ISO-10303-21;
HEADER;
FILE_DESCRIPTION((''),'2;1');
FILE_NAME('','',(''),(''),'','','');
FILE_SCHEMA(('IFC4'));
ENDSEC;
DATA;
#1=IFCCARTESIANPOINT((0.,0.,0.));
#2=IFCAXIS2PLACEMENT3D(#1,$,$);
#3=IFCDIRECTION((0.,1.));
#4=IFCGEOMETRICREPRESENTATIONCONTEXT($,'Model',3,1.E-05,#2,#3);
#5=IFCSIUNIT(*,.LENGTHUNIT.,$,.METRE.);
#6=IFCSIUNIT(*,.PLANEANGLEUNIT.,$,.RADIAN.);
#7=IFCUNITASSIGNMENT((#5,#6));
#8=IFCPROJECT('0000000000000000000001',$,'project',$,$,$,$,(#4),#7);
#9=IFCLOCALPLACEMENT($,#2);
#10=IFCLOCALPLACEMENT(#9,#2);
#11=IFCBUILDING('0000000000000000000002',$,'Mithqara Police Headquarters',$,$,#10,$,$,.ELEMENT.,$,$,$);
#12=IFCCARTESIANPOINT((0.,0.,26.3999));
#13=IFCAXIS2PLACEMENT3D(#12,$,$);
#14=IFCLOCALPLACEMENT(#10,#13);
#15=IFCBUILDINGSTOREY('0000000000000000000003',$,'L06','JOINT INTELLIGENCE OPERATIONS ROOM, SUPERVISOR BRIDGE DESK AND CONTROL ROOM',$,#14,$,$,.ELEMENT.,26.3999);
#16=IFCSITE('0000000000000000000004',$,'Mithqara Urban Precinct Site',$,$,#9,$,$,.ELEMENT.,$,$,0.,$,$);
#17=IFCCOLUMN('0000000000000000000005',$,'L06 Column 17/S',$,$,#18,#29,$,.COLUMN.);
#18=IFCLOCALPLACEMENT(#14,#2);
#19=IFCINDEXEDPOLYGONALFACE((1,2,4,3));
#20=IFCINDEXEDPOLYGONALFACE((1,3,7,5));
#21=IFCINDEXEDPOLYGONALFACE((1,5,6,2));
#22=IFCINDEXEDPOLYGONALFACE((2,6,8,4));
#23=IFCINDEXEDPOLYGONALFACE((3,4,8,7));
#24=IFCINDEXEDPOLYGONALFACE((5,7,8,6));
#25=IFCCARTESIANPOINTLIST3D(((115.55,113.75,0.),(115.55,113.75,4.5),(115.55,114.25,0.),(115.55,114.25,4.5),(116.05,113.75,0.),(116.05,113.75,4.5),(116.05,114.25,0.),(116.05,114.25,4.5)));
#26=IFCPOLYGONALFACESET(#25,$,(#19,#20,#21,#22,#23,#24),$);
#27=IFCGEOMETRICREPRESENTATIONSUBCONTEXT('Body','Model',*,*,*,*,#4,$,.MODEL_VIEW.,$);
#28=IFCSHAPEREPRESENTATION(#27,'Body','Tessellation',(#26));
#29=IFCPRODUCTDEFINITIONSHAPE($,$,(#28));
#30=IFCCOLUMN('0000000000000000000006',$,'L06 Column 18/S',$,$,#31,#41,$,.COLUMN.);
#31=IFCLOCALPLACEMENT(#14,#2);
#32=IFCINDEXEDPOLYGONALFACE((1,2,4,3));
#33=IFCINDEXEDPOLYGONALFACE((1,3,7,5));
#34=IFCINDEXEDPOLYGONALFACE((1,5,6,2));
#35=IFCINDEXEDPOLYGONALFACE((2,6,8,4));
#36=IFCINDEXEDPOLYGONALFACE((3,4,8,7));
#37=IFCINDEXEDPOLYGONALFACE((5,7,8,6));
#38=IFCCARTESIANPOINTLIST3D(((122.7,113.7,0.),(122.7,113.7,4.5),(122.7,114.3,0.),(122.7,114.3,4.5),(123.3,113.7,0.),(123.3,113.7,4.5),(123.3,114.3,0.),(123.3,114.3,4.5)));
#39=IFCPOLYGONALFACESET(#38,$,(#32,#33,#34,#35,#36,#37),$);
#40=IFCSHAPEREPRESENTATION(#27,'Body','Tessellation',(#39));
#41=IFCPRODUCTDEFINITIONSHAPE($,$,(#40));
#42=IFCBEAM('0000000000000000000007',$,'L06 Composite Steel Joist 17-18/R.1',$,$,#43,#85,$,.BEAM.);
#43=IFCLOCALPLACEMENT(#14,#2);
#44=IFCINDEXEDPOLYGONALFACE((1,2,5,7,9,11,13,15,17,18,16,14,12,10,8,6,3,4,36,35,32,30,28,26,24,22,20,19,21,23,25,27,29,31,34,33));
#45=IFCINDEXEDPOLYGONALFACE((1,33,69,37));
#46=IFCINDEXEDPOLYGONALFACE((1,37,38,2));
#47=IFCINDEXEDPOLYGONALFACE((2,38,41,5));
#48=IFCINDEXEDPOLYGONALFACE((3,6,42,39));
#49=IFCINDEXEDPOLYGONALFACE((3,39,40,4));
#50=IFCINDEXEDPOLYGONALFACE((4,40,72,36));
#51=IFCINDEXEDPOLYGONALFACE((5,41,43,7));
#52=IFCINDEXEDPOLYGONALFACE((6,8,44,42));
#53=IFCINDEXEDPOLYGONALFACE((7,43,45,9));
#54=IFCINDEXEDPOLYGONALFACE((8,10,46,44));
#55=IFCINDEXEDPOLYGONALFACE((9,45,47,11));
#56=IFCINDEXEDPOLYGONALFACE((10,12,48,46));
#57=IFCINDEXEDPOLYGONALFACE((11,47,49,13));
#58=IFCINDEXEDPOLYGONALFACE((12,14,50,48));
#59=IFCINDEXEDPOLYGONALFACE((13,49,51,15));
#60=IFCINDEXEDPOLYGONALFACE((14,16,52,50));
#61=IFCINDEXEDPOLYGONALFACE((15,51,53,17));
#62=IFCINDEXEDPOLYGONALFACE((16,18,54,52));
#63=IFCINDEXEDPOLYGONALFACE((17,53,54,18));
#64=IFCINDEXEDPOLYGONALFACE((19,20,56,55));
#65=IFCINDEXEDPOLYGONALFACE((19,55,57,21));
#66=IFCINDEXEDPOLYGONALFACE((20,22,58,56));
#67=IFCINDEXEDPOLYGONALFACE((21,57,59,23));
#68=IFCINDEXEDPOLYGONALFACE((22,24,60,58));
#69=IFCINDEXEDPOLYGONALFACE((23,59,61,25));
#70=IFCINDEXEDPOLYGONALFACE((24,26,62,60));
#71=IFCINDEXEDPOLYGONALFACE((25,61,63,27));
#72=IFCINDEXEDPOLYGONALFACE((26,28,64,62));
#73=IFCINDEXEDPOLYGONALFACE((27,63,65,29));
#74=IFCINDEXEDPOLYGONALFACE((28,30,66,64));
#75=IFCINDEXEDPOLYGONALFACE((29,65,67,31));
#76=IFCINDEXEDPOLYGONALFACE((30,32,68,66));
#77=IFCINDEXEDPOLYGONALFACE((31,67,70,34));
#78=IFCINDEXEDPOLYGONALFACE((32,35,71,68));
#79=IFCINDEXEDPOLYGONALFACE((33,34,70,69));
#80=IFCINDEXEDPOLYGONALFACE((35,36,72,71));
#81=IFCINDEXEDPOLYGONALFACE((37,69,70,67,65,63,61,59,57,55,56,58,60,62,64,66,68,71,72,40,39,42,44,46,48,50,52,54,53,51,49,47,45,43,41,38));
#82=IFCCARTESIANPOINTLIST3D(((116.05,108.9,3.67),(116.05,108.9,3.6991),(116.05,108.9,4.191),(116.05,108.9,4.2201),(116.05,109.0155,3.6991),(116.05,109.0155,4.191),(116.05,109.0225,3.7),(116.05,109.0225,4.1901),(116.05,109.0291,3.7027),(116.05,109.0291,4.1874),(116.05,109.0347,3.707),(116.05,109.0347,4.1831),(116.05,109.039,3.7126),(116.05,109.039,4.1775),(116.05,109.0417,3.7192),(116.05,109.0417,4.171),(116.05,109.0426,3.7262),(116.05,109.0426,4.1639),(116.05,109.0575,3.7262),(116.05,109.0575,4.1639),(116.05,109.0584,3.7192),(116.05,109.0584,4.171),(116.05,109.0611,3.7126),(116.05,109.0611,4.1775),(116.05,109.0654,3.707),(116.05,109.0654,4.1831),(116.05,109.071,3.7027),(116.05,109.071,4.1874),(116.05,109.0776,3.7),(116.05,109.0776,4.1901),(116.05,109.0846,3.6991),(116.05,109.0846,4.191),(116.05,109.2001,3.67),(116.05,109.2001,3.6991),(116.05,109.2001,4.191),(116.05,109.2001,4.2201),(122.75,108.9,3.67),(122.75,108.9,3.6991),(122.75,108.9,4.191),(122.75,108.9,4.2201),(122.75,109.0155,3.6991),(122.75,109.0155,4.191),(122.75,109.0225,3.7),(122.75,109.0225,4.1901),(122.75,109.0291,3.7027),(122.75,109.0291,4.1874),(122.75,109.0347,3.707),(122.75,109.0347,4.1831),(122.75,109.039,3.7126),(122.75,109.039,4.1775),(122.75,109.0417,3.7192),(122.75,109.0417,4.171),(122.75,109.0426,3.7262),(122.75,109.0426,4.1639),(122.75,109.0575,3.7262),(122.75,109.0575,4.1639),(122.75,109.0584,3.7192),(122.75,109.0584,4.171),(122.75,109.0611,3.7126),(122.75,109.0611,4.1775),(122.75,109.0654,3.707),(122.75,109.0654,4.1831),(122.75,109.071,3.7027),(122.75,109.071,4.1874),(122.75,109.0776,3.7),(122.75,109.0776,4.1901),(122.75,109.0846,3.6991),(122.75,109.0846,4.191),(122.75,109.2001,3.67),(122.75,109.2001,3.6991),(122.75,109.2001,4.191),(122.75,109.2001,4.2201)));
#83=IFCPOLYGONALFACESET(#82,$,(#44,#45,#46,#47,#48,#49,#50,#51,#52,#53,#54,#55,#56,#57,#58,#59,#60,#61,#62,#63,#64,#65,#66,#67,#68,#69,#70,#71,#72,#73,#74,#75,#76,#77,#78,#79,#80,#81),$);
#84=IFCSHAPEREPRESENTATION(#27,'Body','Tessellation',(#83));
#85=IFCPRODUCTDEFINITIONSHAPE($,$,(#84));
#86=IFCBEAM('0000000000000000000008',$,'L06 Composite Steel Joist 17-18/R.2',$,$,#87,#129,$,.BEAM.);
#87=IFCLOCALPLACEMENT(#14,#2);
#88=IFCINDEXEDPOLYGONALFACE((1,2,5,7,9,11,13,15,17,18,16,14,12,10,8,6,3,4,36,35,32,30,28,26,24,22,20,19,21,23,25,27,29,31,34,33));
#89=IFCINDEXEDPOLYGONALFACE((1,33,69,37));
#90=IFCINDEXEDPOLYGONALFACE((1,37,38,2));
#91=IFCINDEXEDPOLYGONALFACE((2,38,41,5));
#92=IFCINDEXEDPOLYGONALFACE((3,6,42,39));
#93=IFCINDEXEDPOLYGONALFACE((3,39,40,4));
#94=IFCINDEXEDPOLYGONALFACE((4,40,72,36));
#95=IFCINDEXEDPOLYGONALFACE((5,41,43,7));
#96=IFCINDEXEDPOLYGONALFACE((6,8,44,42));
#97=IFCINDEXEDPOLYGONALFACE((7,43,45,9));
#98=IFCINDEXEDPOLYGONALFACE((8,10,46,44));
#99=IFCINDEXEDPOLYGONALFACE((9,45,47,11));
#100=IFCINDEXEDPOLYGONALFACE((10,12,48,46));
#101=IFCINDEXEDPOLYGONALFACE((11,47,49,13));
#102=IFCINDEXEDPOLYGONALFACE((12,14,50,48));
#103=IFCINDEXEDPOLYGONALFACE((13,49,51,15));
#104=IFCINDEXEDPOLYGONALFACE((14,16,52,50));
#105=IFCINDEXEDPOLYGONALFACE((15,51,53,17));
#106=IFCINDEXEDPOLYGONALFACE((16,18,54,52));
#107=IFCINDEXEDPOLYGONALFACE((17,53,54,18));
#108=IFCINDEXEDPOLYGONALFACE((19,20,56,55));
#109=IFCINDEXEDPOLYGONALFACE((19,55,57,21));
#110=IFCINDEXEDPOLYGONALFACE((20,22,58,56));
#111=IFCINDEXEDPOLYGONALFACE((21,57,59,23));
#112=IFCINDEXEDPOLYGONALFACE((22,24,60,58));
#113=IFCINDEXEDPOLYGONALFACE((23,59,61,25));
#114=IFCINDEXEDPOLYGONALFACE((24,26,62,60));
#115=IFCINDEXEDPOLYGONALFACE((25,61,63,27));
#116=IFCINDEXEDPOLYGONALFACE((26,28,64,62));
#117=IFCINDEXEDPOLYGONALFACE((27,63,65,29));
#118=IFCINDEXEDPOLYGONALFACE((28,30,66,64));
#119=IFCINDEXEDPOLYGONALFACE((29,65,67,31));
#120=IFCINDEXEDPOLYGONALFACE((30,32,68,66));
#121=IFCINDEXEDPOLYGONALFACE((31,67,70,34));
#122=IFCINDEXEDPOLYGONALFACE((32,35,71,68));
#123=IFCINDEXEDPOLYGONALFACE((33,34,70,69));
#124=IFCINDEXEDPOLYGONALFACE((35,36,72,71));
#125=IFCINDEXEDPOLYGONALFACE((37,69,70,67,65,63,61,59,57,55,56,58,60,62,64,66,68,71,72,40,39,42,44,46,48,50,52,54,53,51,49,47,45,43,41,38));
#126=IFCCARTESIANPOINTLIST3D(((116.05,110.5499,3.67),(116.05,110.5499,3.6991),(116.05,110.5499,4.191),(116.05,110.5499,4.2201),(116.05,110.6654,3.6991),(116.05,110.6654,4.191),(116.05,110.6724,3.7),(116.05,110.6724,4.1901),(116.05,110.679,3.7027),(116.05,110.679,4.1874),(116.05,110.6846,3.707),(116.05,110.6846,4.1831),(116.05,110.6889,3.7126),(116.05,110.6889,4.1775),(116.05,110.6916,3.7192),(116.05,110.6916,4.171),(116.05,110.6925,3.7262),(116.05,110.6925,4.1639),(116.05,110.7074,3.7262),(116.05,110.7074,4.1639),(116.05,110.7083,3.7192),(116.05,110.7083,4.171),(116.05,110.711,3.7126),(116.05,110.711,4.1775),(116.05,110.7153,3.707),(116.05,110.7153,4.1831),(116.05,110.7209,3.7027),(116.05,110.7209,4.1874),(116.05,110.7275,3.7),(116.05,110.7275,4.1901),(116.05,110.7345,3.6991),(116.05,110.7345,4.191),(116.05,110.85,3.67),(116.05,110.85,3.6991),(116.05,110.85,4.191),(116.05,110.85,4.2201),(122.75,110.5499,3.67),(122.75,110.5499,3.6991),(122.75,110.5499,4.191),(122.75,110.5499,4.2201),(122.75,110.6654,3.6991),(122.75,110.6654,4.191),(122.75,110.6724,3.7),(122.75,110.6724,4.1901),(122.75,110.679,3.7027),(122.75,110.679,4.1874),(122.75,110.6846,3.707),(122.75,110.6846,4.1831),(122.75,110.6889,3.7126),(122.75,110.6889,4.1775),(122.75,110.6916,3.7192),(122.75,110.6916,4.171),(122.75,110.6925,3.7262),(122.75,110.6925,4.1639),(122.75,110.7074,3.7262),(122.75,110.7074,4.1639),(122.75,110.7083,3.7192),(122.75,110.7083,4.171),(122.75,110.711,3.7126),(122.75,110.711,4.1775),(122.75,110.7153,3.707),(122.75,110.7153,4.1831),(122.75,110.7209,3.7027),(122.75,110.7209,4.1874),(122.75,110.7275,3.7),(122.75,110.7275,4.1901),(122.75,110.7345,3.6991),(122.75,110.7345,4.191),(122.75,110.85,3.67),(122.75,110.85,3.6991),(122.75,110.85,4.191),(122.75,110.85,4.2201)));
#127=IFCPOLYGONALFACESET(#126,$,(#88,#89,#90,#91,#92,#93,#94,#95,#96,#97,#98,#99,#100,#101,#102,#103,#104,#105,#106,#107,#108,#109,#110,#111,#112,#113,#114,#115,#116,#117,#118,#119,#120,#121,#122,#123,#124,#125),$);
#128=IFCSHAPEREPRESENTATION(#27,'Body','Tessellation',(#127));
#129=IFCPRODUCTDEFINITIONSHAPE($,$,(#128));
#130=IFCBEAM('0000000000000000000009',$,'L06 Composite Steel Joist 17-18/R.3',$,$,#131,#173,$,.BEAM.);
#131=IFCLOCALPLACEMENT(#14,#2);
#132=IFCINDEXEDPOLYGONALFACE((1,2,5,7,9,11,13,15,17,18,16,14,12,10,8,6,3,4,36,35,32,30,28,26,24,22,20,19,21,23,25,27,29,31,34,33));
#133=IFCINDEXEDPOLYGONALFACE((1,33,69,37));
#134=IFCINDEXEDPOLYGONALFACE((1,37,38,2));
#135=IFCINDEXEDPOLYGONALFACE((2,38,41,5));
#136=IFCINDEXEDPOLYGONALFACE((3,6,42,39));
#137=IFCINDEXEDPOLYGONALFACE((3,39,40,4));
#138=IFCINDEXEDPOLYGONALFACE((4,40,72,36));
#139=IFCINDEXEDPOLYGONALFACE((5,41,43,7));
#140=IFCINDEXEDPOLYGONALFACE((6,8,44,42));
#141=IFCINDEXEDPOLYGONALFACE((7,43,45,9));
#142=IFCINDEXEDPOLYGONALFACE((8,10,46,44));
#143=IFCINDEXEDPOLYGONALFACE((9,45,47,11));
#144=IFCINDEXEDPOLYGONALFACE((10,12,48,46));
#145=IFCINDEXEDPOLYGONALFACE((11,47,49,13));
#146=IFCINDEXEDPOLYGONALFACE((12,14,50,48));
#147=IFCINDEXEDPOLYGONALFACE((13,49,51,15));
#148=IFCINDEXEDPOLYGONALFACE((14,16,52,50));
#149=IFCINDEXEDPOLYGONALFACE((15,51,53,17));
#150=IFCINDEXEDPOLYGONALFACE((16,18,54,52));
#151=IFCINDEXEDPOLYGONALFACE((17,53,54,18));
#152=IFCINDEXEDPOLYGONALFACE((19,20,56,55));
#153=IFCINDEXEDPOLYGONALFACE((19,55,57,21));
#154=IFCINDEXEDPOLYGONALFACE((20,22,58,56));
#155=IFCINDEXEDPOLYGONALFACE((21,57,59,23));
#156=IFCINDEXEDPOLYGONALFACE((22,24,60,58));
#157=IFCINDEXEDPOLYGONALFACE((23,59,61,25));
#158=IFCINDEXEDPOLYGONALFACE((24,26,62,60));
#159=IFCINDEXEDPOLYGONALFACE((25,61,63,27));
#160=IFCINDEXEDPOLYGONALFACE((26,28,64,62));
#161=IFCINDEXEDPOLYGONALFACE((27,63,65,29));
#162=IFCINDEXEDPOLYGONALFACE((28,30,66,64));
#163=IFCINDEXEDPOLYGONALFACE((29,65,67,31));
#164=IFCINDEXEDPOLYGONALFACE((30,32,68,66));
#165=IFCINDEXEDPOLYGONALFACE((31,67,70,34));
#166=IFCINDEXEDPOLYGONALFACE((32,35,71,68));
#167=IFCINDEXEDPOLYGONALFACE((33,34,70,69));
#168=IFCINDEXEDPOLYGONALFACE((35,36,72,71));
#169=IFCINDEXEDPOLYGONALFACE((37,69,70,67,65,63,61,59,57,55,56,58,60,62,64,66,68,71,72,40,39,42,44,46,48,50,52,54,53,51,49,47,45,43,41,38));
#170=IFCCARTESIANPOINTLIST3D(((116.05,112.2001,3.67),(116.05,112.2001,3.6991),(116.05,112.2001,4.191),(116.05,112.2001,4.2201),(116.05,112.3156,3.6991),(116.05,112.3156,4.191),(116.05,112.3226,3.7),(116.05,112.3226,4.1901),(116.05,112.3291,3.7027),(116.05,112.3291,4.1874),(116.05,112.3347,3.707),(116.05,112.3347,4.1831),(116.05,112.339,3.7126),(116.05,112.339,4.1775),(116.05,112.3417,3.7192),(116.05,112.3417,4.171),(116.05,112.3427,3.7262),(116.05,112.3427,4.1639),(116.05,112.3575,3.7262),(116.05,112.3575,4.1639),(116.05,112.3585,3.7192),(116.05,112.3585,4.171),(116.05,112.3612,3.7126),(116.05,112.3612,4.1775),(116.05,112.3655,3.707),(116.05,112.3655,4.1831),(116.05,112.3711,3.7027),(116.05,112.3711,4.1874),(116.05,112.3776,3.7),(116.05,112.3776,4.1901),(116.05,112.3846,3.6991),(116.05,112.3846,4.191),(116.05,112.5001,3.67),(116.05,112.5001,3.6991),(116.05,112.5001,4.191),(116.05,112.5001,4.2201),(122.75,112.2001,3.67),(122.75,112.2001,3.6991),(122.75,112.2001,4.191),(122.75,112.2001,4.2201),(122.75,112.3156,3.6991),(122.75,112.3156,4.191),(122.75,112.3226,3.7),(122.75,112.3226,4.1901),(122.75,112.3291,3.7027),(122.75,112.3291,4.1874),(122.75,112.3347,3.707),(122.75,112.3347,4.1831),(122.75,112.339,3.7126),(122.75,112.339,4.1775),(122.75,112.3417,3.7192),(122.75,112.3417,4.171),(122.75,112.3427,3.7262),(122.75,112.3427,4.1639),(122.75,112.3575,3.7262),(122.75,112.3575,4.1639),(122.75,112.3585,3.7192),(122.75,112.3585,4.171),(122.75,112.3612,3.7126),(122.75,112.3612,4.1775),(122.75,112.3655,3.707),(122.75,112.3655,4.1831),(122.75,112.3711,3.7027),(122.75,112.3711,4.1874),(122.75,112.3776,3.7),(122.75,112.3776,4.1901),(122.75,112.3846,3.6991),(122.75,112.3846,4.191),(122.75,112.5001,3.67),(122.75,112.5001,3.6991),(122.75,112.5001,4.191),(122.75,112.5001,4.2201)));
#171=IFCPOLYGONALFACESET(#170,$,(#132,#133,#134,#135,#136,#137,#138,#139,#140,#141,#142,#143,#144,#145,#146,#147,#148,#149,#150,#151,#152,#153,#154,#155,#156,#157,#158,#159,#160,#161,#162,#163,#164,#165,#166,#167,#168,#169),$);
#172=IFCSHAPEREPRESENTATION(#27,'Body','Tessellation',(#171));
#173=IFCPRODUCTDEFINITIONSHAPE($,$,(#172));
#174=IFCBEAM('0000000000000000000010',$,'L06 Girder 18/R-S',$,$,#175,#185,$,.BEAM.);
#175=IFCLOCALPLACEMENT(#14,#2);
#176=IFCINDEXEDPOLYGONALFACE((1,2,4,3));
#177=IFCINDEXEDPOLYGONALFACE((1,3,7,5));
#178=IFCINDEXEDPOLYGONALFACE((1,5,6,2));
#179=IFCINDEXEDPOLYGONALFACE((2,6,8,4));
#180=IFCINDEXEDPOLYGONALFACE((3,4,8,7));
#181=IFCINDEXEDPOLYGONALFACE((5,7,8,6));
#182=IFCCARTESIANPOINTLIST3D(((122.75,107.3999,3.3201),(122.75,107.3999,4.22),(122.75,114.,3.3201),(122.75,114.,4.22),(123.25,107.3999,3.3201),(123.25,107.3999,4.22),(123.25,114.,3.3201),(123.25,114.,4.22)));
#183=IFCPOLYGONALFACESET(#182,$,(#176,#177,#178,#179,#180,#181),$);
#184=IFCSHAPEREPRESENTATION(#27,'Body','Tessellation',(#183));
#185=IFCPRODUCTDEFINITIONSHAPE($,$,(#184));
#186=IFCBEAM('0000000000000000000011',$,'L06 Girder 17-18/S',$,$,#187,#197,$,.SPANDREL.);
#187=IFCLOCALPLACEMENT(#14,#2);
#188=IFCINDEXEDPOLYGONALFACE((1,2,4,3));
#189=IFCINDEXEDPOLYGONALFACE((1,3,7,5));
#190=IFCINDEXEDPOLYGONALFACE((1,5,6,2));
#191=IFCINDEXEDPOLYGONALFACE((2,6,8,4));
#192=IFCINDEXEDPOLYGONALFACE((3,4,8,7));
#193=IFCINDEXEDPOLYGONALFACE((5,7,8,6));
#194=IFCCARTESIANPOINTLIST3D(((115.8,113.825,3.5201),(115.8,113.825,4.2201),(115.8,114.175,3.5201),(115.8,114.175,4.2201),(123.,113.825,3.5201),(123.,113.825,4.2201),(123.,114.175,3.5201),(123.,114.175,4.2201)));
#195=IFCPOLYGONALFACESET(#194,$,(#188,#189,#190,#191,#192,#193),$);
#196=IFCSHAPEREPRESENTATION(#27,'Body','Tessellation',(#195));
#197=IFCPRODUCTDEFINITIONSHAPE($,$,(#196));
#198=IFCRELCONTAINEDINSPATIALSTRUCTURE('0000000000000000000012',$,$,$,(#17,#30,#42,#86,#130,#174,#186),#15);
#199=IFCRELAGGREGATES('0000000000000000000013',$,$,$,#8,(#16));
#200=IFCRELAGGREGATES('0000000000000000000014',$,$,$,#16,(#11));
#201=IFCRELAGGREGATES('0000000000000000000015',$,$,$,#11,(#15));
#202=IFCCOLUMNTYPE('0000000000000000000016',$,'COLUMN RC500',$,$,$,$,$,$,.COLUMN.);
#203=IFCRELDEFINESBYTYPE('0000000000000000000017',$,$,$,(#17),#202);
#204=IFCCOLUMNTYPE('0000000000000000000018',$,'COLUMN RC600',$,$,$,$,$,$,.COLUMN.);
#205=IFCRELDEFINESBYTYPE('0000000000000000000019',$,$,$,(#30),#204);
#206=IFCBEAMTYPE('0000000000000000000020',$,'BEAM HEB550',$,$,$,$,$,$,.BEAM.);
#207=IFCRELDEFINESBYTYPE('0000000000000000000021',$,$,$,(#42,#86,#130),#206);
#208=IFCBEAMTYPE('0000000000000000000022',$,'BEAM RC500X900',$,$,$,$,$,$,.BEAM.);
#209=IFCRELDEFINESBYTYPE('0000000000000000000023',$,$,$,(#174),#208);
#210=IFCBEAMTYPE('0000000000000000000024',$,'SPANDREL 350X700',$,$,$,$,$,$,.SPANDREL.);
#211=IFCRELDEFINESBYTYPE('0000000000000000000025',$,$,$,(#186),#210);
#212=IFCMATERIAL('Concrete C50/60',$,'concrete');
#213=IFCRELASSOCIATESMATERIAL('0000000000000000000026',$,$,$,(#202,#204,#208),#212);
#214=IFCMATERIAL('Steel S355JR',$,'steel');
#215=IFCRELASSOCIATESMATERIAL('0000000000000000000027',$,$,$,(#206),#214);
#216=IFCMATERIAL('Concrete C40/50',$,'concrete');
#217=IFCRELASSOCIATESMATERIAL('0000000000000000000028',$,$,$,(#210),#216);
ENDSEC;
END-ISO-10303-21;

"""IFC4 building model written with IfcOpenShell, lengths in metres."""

from ifc_helpers import new_model, si_unit, direction, frame, origin, origin_2d, place, context, subcontext, project, spatial, rectangle, i_section, extrude, material, material_profile, profile_set, type_object, element, save


model = new_model("IFC4")

# Units and contexts
model_context = context("Model", 3, precision=1e-05, world=origin(), true_north=direction((0.0, 1.0)))
body_context = subcontext(model_context, "Body", "Model", "MODEL_VIEW")
ifc_project = project(units=[si_unit("LENGTHUNIT", "METRE"), si_unit("PLANEANGLEUNIT", "RADIAN")], contexts=[model_context])

# Site, building, storey
site_placement = place(None, origin())
site = spatial("IfcSite", under=ifc_project, at=site_placement, Name="Mithqara Urban Precinct Site", CompositionType="ELEMENT", RefElevation=0.0)
building_placement = place(site_placement, origin())
building = spatial("IfcBuilding", under=site, at=building_placement, Name="Mithqara Police Headquarters", CompositionType="ELEMENT")
storey_placement = place(building_placement, frame((0.0, 0.0, 26.3999)))
storey = spatial("IfcBuildingStorey", under=building, at=storey_placement, Name="L06", Description="JOINT INTELLIGENCE OPERATIONS ROOM, SUPERVISOR BRIDGE DESK AND CONTROL ROOM", CompositionType="ELEMENT", Elevation=26.3999)

# Columns
ifc_material_1 = material(Name="Concrete C50/60", Category="concrete")
ifc_material_profile_1 = material_profile(ifc_material_1, rectangle(XDim=0.5, YDim=0.5, at=origin_2d()), Name="RC 500x500")
ifc_profile_set_1 = profile_set([ifc_material_profile_1], Name="Concrete C50/60")
column_type_1 = type_object("IfcColumnType", Name="COLUMN RC500", PredefinedType="COLUMN", material=ifc_profile_set_1)
column_1_placement = place(storey_placement, frame((115.8, 114.0, 0.0), z_axis=(0.0, 0.0, 1.0), x_axis=(1.0, 0.0, 0.0)))
element("IfcColumn", 1, at=column_1_placement, inside=storey, type_object=column_type_1, Name="L06 Column 17/S", PredefinedType="COLUMN", context=body_context, shape_type="SweptSolid", body=[
    extrude(rectangle(XDim=0.5, YDim=0.5, at=origin_2d()), origin(), (0.0, 0.0, 1.0), 4.5),
])
ifc_material_profile_2 = material_profile(ifc_material_1, rectangle(XDim=0.6001, YDim=0.6001, at=origin_2d()), Name="RC 600x600")
ifc_profile_set_2 = profile_set([ifc_material_profile_2], Name="Concrete C50/60")
column_type_2 = type_object("IfcColumnType", Name="COLUMN RC600", PredefinedType="COLUMN", material=ifc_profile_set_2)
column_2_placement = place(storey_placement, frame((123.0, 114.0, 0.0), z_axis=(0.0, 0.0, 1.0), x_axis=(1.0, 0.0, 0.0)))
element("IfcColumn", 2, at=column_2_placement, inside=storey, type_object=column_type_2, Name="L06 Column 18/S", PredefinedType="COLUMN", context=body_context, shape_type="SweptSolid", body=[
    extrude(rectangle(XDim=0.6001, YDim=0.6001, at=origin_2d()), origin(), (0.0, 0.0, 1.0), 4.5),
])

# Beams
ifc_material_2 = material(Name="Steel S355JR", Category="steel")
ifc_material_profile_3 = material_profile(ifc_material_2, i_section(OverallWidth=0.3, OverallDepth=0.55, WebThickness=0.0149, FlangeThickness=0.0291, FilletRadius=0.0271, at=origin_2d()), Name="HEB 550")
ifc_profile_set_3 = profile_set([ifc_material_profile_3], Name="Steel S355JR")
beam_type_1 = type_object("IfcBeamType", Name="BEAM HEB550", PredefinedType="BEAM", material=ifc_profile_set_3)
for number, where, z_axis, x_axis, name in (
    (3, (116.05, 109.05, 3.9451), (1.0, 0.0, 0.0), (0.0, 1.0, 0.0), "L06 Composite Steel Joist 17-18/R.1"),
    (4, (116.05, 110.7, 3.9451), (1.0, 0.0, 0.0), (0.0, 1.0, 0.0), "L06 Composite Steel Joist 17-18/R.2"),
    (5, (116.05, 112.3501, 3.9451), (1.0, 0.0, 0.0), (0.0, 1.0, 0.0), "L06 Composite Steel Joist 17-18/R.3"),
):
    element("IfcBeam", number, at=place(storey_placement, frame(where, z_axis=z_axis, x_axis=x_axis)), inside=storey, type_object=beam_type_1, Name=name, PredefinedType="BEAM", context=body_context, shape_type="SweptSolid", body=[
        extrude(i_section(OverallWidth=0.3, OverallDepth=0.55, WebThickness=0.0149, FlangeThickness=0.0291, FilletRadius=0.0271, at=origin_2d()), origin(), (0.0, 0.0, 1.0), 6.7),
    ])
ifc_material_profile_4 = material_profile(ifc_material_1, rectangle(XDim=0.5, YDim=0.8999, at=origin_2d()), Name="RC 500x900")
ifc_profile_set_4 = profile_set([ifc_material_profile_4], Name="Concrete C50/60")
beam_type_2 = type_object("IfcBeamType", Name="BEAM RC500X900", PredefinedType="BEAM", material=ifc_profile_set_4)
beam_1_placement = place(storey_placement, frame((123.0, 107.3999, 3.77), z_axis=(0.0, 1.0, 0.0), x_axis=(-1.0, 0.0, 0.0)))
element("IfcBeam", 6, at=beam_1_placement, inside=storey, type_object=beam_type_2, Name="L06 Girder 18/R-S", PredefinedType="BEAM", context=body_context, shape_type="SweptSolid", body=[
    extrude(rectangle(XDim=0.5, YDim=0.8999, at=origin_2d()), origin(), (0.0, 0.0, 1.0), 6.6001),
])
ifc_material_3 = material(Name="Concrete C40/50", Category="concrete")
ifc_material_profile_5 = material_profile(ifc_material_3, rectangle(XDim=0.3501, YDim=0.7, at=origin_2d()), Name="SPB 350x700")
ifc_profile_set_5 = profile_set([ifc_material_profile_5], Name="Concrete C40/50")
beam_type_3 = type_object("IfcBeamType", Name="SPANDREL 350X700", PredefinedType="SPANDREL", material=ifc_profile_set_5)
beam_2_placement = place(storey_placement, frame((115.8, 114.0, 3.8701), z_axis=(1.0, 0.0, 0.0), x_axis=(0.0, 1.0, 0.0)))
element("IfcBeam", 7, at=beam_2_placement, inside=storey, type_object=beam_type_3, Name="L06 Girder 17-18/S", PredefinedType="SPANDREL", context=body_context, shape_type="SweptSolid", body=[
    extrude(rectangle(XDim=0.3501, YDim=0.7, at=origin_2d()), origin(), (0.0, 0.0, 1.0), 7.2),
])

save(model, "model.ifc")
